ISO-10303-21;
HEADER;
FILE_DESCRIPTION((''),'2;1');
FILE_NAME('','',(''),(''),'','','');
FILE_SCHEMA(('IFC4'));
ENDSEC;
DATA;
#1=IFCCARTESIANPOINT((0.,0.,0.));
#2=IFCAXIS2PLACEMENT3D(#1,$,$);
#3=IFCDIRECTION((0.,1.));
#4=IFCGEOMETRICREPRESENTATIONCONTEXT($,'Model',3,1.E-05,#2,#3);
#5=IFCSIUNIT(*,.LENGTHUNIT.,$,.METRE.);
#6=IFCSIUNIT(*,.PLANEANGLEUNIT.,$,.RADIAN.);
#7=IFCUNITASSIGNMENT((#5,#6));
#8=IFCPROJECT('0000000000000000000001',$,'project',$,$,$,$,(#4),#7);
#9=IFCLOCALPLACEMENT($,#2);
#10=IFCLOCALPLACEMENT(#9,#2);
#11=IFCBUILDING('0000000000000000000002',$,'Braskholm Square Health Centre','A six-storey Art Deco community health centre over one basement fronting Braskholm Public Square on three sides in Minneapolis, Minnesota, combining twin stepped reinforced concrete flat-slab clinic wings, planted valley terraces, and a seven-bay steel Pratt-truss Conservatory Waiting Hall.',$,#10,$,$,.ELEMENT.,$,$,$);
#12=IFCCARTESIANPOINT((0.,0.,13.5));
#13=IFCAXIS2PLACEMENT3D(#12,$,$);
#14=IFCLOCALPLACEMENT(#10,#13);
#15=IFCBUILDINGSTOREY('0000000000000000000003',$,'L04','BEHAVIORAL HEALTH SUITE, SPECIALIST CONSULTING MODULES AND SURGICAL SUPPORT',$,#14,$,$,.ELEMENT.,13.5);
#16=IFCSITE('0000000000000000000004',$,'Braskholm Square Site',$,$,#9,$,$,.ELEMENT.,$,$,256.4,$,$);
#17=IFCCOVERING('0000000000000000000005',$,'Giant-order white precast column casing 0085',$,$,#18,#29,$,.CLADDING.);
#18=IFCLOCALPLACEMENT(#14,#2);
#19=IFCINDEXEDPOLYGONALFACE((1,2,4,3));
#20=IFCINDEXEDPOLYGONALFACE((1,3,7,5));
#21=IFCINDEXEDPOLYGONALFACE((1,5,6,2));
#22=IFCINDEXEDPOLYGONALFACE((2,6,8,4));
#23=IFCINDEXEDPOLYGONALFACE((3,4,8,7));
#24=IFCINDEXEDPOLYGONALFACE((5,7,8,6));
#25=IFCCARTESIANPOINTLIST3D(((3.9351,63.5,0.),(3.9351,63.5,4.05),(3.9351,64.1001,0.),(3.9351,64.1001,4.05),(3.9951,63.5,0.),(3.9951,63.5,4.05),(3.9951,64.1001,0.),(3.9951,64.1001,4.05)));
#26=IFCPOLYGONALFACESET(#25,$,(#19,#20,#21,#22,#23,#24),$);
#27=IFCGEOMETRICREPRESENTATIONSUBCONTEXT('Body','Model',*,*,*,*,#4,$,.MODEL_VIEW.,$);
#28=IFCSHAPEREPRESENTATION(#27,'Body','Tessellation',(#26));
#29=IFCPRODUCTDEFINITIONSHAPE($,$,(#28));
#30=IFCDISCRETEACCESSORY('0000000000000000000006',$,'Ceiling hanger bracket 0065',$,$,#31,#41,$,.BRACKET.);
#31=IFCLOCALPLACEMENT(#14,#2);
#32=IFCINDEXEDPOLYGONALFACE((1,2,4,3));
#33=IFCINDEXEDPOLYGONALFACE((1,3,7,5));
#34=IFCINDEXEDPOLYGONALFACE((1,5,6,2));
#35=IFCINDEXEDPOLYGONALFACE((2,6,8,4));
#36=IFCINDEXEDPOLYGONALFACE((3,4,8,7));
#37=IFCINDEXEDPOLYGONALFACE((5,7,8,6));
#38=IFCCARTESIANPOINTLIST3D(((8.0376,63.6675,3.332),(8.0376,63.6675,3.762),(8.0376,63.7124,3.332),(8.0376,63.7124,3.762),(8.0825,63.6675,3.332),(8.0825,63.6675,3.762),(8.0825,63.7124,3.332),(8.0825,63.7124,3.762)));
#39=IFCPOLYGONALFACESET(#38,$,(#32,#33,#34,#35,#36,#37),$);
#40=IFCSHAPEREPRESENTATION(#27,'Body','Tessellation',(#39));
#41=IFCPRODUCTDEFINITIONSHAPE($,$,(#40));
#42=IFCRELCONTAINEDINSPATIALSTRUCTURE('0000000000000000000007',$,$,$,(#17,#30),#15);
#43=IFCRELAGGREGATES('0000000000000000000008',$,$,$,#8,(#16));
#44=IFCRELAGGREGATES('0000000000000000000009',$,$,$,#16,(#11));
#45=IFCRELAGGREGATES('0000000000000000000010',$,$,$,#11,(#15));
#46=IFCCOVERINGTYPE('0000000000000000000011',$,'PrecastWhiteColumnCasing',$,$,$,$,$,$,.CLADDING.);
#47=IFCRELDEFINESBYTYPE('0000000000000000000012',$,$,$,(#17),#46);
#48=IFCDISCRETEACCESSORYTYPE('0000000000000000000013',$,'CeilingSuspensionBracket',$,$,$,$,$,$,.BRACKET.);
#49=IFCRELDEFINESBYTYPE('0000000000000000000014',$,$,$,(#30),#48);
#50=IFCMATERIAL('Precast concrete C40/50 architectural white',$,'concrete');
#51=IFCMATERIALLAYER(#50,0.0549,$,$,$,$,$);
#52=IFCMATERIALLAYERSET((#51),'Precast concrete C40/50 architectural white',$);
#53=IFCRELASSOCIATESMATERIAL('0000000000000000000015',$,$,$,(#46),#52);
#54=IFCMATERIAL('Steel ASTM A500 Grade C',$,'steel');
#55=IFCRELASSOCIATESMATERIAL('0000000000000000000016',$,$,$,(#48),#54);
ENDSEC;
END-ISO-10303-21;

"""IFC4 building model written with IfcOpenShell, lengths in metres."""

from ifc_helpers import new_model, si_unit, direction, frame, origin, origin_2d, place, context, subcontext, project, spatial, rectangle, extrude, material, layer, layer_set, type_object, element, save


model = new_model("IFC4")

# Units and contexts
model_context = context("Model", 3, precision=1e-05, world=origin(), true_north=direction((0.0, 1.0)))
body_context = subcontext(model_context, "Body", "Model", "MODEL_VIEW")
ifc_project = project(units=[si_unit("LENGTHUNIT", "METRE"), si_unit("PLANEANGLEUNIT", "RADIAN")], contexts=[model_context])

# Site, building, storey
site_placement = place(None, origin())
site = spatial("IfcSite", under=ifc_project, at=site_placement, Name="Braskholm Square Site", CompositionType="ELEMENT", RefElevation=256.4)
building_placement = place(site_placement, origin())
building = spatial("IfcBuilding", under=site, at=building_placement, Name="Braskholm Square Health Centre", Description="A six-storey Art Deco community health centre over one basement fronting Braskholm Public Square on three sides in Minneapolis, Minnesota, combining twin stepped reinforced concrete flat-slab clinic wings, planted valley terraces, and a seven-bay steel Pratt-truss Conservatory Waiting Hall.", CompositionType="ELEMENT")
storey_placement = place(building_placement, frame((0.0, 0.0, 13.5)))
storey = spatial("IfcBuildingStorey", under=building, at=storey_placement, Name="L04", Description="BEHAVIORAL HEALTH SUITE, SPECIALIST CONSULTING MODULES AND SURGICAL SUPPORT", CompositionType="ELEMENT", Elevation=13.5)

# Shared definitions
ifc_material_1 = material(Name="Precast concrete C40/50 architectural white", Category="concrete")

# Covering
ifc_layer_1 = layer(ifc_material_1, 0.0549)
ifc_layer_set_1 = layer_set([ifc_layer_1], Name="Precast concrete C40/50 architectural white")
covering_type_1 = type_object("IfcCoveringType", Name="PrecastWhiteColumnCasing", PredefinedType="CLADDING", material=ifc_layer_set_1)
covering_placement = place(storey_placement, frame((3.9651, 63.8, 0.0), z_axis=(0.0, 0.0, 1.0), x_axis=(1.0, 0.0, 0.0)))
element("IfcCovering", 1, at=covering_placement, inside=storey, type_object=covering_type_1, Name="Giant-order white precast column casing 0085", PredefinedType="CLADDING", context=body_context, shape_type="SweptSolid", body=[
    extrude(rectangle(XDim=0.0601, YDim=0.6001, at=origin_2d()), origin(), (0.0, 0.0, 1.0), 4.05),
])

# Discrete accessory
ifc_material_2 = material(Name="Steel ASTM A500 Grade C", Category="steel")
discrete_accessory_type = type_object("IfcDiscreteAccessoryType", Name="CeilingSuspensionBracket", PredefinedType="BRACKET", material=ifc_material_2)
discrete_accessory_placement = place(storey_placement, frame((8.0601, 63.6899, 3.332), z_axis=(0.0, 0.0, 1.0), x_axis=(1.0, 0.0, 0.0)))
element("IfcDiscreteAccessory", 2, at=discrete_accessory_placement, inside=storey, type_object=discrete_accessory_type, Name="Ceiling hanger bracket 0065", PredefinedType="BRACKET", context=body_context, shape_type="SweptSolid", body=[
    extrude(rectangle(XDim=0.0449, YDim=0.0449, at=origin_2d()), origin(), (0.0, 0.0, 1.0), 0.4299),
])

save(model, "model.ifc")
